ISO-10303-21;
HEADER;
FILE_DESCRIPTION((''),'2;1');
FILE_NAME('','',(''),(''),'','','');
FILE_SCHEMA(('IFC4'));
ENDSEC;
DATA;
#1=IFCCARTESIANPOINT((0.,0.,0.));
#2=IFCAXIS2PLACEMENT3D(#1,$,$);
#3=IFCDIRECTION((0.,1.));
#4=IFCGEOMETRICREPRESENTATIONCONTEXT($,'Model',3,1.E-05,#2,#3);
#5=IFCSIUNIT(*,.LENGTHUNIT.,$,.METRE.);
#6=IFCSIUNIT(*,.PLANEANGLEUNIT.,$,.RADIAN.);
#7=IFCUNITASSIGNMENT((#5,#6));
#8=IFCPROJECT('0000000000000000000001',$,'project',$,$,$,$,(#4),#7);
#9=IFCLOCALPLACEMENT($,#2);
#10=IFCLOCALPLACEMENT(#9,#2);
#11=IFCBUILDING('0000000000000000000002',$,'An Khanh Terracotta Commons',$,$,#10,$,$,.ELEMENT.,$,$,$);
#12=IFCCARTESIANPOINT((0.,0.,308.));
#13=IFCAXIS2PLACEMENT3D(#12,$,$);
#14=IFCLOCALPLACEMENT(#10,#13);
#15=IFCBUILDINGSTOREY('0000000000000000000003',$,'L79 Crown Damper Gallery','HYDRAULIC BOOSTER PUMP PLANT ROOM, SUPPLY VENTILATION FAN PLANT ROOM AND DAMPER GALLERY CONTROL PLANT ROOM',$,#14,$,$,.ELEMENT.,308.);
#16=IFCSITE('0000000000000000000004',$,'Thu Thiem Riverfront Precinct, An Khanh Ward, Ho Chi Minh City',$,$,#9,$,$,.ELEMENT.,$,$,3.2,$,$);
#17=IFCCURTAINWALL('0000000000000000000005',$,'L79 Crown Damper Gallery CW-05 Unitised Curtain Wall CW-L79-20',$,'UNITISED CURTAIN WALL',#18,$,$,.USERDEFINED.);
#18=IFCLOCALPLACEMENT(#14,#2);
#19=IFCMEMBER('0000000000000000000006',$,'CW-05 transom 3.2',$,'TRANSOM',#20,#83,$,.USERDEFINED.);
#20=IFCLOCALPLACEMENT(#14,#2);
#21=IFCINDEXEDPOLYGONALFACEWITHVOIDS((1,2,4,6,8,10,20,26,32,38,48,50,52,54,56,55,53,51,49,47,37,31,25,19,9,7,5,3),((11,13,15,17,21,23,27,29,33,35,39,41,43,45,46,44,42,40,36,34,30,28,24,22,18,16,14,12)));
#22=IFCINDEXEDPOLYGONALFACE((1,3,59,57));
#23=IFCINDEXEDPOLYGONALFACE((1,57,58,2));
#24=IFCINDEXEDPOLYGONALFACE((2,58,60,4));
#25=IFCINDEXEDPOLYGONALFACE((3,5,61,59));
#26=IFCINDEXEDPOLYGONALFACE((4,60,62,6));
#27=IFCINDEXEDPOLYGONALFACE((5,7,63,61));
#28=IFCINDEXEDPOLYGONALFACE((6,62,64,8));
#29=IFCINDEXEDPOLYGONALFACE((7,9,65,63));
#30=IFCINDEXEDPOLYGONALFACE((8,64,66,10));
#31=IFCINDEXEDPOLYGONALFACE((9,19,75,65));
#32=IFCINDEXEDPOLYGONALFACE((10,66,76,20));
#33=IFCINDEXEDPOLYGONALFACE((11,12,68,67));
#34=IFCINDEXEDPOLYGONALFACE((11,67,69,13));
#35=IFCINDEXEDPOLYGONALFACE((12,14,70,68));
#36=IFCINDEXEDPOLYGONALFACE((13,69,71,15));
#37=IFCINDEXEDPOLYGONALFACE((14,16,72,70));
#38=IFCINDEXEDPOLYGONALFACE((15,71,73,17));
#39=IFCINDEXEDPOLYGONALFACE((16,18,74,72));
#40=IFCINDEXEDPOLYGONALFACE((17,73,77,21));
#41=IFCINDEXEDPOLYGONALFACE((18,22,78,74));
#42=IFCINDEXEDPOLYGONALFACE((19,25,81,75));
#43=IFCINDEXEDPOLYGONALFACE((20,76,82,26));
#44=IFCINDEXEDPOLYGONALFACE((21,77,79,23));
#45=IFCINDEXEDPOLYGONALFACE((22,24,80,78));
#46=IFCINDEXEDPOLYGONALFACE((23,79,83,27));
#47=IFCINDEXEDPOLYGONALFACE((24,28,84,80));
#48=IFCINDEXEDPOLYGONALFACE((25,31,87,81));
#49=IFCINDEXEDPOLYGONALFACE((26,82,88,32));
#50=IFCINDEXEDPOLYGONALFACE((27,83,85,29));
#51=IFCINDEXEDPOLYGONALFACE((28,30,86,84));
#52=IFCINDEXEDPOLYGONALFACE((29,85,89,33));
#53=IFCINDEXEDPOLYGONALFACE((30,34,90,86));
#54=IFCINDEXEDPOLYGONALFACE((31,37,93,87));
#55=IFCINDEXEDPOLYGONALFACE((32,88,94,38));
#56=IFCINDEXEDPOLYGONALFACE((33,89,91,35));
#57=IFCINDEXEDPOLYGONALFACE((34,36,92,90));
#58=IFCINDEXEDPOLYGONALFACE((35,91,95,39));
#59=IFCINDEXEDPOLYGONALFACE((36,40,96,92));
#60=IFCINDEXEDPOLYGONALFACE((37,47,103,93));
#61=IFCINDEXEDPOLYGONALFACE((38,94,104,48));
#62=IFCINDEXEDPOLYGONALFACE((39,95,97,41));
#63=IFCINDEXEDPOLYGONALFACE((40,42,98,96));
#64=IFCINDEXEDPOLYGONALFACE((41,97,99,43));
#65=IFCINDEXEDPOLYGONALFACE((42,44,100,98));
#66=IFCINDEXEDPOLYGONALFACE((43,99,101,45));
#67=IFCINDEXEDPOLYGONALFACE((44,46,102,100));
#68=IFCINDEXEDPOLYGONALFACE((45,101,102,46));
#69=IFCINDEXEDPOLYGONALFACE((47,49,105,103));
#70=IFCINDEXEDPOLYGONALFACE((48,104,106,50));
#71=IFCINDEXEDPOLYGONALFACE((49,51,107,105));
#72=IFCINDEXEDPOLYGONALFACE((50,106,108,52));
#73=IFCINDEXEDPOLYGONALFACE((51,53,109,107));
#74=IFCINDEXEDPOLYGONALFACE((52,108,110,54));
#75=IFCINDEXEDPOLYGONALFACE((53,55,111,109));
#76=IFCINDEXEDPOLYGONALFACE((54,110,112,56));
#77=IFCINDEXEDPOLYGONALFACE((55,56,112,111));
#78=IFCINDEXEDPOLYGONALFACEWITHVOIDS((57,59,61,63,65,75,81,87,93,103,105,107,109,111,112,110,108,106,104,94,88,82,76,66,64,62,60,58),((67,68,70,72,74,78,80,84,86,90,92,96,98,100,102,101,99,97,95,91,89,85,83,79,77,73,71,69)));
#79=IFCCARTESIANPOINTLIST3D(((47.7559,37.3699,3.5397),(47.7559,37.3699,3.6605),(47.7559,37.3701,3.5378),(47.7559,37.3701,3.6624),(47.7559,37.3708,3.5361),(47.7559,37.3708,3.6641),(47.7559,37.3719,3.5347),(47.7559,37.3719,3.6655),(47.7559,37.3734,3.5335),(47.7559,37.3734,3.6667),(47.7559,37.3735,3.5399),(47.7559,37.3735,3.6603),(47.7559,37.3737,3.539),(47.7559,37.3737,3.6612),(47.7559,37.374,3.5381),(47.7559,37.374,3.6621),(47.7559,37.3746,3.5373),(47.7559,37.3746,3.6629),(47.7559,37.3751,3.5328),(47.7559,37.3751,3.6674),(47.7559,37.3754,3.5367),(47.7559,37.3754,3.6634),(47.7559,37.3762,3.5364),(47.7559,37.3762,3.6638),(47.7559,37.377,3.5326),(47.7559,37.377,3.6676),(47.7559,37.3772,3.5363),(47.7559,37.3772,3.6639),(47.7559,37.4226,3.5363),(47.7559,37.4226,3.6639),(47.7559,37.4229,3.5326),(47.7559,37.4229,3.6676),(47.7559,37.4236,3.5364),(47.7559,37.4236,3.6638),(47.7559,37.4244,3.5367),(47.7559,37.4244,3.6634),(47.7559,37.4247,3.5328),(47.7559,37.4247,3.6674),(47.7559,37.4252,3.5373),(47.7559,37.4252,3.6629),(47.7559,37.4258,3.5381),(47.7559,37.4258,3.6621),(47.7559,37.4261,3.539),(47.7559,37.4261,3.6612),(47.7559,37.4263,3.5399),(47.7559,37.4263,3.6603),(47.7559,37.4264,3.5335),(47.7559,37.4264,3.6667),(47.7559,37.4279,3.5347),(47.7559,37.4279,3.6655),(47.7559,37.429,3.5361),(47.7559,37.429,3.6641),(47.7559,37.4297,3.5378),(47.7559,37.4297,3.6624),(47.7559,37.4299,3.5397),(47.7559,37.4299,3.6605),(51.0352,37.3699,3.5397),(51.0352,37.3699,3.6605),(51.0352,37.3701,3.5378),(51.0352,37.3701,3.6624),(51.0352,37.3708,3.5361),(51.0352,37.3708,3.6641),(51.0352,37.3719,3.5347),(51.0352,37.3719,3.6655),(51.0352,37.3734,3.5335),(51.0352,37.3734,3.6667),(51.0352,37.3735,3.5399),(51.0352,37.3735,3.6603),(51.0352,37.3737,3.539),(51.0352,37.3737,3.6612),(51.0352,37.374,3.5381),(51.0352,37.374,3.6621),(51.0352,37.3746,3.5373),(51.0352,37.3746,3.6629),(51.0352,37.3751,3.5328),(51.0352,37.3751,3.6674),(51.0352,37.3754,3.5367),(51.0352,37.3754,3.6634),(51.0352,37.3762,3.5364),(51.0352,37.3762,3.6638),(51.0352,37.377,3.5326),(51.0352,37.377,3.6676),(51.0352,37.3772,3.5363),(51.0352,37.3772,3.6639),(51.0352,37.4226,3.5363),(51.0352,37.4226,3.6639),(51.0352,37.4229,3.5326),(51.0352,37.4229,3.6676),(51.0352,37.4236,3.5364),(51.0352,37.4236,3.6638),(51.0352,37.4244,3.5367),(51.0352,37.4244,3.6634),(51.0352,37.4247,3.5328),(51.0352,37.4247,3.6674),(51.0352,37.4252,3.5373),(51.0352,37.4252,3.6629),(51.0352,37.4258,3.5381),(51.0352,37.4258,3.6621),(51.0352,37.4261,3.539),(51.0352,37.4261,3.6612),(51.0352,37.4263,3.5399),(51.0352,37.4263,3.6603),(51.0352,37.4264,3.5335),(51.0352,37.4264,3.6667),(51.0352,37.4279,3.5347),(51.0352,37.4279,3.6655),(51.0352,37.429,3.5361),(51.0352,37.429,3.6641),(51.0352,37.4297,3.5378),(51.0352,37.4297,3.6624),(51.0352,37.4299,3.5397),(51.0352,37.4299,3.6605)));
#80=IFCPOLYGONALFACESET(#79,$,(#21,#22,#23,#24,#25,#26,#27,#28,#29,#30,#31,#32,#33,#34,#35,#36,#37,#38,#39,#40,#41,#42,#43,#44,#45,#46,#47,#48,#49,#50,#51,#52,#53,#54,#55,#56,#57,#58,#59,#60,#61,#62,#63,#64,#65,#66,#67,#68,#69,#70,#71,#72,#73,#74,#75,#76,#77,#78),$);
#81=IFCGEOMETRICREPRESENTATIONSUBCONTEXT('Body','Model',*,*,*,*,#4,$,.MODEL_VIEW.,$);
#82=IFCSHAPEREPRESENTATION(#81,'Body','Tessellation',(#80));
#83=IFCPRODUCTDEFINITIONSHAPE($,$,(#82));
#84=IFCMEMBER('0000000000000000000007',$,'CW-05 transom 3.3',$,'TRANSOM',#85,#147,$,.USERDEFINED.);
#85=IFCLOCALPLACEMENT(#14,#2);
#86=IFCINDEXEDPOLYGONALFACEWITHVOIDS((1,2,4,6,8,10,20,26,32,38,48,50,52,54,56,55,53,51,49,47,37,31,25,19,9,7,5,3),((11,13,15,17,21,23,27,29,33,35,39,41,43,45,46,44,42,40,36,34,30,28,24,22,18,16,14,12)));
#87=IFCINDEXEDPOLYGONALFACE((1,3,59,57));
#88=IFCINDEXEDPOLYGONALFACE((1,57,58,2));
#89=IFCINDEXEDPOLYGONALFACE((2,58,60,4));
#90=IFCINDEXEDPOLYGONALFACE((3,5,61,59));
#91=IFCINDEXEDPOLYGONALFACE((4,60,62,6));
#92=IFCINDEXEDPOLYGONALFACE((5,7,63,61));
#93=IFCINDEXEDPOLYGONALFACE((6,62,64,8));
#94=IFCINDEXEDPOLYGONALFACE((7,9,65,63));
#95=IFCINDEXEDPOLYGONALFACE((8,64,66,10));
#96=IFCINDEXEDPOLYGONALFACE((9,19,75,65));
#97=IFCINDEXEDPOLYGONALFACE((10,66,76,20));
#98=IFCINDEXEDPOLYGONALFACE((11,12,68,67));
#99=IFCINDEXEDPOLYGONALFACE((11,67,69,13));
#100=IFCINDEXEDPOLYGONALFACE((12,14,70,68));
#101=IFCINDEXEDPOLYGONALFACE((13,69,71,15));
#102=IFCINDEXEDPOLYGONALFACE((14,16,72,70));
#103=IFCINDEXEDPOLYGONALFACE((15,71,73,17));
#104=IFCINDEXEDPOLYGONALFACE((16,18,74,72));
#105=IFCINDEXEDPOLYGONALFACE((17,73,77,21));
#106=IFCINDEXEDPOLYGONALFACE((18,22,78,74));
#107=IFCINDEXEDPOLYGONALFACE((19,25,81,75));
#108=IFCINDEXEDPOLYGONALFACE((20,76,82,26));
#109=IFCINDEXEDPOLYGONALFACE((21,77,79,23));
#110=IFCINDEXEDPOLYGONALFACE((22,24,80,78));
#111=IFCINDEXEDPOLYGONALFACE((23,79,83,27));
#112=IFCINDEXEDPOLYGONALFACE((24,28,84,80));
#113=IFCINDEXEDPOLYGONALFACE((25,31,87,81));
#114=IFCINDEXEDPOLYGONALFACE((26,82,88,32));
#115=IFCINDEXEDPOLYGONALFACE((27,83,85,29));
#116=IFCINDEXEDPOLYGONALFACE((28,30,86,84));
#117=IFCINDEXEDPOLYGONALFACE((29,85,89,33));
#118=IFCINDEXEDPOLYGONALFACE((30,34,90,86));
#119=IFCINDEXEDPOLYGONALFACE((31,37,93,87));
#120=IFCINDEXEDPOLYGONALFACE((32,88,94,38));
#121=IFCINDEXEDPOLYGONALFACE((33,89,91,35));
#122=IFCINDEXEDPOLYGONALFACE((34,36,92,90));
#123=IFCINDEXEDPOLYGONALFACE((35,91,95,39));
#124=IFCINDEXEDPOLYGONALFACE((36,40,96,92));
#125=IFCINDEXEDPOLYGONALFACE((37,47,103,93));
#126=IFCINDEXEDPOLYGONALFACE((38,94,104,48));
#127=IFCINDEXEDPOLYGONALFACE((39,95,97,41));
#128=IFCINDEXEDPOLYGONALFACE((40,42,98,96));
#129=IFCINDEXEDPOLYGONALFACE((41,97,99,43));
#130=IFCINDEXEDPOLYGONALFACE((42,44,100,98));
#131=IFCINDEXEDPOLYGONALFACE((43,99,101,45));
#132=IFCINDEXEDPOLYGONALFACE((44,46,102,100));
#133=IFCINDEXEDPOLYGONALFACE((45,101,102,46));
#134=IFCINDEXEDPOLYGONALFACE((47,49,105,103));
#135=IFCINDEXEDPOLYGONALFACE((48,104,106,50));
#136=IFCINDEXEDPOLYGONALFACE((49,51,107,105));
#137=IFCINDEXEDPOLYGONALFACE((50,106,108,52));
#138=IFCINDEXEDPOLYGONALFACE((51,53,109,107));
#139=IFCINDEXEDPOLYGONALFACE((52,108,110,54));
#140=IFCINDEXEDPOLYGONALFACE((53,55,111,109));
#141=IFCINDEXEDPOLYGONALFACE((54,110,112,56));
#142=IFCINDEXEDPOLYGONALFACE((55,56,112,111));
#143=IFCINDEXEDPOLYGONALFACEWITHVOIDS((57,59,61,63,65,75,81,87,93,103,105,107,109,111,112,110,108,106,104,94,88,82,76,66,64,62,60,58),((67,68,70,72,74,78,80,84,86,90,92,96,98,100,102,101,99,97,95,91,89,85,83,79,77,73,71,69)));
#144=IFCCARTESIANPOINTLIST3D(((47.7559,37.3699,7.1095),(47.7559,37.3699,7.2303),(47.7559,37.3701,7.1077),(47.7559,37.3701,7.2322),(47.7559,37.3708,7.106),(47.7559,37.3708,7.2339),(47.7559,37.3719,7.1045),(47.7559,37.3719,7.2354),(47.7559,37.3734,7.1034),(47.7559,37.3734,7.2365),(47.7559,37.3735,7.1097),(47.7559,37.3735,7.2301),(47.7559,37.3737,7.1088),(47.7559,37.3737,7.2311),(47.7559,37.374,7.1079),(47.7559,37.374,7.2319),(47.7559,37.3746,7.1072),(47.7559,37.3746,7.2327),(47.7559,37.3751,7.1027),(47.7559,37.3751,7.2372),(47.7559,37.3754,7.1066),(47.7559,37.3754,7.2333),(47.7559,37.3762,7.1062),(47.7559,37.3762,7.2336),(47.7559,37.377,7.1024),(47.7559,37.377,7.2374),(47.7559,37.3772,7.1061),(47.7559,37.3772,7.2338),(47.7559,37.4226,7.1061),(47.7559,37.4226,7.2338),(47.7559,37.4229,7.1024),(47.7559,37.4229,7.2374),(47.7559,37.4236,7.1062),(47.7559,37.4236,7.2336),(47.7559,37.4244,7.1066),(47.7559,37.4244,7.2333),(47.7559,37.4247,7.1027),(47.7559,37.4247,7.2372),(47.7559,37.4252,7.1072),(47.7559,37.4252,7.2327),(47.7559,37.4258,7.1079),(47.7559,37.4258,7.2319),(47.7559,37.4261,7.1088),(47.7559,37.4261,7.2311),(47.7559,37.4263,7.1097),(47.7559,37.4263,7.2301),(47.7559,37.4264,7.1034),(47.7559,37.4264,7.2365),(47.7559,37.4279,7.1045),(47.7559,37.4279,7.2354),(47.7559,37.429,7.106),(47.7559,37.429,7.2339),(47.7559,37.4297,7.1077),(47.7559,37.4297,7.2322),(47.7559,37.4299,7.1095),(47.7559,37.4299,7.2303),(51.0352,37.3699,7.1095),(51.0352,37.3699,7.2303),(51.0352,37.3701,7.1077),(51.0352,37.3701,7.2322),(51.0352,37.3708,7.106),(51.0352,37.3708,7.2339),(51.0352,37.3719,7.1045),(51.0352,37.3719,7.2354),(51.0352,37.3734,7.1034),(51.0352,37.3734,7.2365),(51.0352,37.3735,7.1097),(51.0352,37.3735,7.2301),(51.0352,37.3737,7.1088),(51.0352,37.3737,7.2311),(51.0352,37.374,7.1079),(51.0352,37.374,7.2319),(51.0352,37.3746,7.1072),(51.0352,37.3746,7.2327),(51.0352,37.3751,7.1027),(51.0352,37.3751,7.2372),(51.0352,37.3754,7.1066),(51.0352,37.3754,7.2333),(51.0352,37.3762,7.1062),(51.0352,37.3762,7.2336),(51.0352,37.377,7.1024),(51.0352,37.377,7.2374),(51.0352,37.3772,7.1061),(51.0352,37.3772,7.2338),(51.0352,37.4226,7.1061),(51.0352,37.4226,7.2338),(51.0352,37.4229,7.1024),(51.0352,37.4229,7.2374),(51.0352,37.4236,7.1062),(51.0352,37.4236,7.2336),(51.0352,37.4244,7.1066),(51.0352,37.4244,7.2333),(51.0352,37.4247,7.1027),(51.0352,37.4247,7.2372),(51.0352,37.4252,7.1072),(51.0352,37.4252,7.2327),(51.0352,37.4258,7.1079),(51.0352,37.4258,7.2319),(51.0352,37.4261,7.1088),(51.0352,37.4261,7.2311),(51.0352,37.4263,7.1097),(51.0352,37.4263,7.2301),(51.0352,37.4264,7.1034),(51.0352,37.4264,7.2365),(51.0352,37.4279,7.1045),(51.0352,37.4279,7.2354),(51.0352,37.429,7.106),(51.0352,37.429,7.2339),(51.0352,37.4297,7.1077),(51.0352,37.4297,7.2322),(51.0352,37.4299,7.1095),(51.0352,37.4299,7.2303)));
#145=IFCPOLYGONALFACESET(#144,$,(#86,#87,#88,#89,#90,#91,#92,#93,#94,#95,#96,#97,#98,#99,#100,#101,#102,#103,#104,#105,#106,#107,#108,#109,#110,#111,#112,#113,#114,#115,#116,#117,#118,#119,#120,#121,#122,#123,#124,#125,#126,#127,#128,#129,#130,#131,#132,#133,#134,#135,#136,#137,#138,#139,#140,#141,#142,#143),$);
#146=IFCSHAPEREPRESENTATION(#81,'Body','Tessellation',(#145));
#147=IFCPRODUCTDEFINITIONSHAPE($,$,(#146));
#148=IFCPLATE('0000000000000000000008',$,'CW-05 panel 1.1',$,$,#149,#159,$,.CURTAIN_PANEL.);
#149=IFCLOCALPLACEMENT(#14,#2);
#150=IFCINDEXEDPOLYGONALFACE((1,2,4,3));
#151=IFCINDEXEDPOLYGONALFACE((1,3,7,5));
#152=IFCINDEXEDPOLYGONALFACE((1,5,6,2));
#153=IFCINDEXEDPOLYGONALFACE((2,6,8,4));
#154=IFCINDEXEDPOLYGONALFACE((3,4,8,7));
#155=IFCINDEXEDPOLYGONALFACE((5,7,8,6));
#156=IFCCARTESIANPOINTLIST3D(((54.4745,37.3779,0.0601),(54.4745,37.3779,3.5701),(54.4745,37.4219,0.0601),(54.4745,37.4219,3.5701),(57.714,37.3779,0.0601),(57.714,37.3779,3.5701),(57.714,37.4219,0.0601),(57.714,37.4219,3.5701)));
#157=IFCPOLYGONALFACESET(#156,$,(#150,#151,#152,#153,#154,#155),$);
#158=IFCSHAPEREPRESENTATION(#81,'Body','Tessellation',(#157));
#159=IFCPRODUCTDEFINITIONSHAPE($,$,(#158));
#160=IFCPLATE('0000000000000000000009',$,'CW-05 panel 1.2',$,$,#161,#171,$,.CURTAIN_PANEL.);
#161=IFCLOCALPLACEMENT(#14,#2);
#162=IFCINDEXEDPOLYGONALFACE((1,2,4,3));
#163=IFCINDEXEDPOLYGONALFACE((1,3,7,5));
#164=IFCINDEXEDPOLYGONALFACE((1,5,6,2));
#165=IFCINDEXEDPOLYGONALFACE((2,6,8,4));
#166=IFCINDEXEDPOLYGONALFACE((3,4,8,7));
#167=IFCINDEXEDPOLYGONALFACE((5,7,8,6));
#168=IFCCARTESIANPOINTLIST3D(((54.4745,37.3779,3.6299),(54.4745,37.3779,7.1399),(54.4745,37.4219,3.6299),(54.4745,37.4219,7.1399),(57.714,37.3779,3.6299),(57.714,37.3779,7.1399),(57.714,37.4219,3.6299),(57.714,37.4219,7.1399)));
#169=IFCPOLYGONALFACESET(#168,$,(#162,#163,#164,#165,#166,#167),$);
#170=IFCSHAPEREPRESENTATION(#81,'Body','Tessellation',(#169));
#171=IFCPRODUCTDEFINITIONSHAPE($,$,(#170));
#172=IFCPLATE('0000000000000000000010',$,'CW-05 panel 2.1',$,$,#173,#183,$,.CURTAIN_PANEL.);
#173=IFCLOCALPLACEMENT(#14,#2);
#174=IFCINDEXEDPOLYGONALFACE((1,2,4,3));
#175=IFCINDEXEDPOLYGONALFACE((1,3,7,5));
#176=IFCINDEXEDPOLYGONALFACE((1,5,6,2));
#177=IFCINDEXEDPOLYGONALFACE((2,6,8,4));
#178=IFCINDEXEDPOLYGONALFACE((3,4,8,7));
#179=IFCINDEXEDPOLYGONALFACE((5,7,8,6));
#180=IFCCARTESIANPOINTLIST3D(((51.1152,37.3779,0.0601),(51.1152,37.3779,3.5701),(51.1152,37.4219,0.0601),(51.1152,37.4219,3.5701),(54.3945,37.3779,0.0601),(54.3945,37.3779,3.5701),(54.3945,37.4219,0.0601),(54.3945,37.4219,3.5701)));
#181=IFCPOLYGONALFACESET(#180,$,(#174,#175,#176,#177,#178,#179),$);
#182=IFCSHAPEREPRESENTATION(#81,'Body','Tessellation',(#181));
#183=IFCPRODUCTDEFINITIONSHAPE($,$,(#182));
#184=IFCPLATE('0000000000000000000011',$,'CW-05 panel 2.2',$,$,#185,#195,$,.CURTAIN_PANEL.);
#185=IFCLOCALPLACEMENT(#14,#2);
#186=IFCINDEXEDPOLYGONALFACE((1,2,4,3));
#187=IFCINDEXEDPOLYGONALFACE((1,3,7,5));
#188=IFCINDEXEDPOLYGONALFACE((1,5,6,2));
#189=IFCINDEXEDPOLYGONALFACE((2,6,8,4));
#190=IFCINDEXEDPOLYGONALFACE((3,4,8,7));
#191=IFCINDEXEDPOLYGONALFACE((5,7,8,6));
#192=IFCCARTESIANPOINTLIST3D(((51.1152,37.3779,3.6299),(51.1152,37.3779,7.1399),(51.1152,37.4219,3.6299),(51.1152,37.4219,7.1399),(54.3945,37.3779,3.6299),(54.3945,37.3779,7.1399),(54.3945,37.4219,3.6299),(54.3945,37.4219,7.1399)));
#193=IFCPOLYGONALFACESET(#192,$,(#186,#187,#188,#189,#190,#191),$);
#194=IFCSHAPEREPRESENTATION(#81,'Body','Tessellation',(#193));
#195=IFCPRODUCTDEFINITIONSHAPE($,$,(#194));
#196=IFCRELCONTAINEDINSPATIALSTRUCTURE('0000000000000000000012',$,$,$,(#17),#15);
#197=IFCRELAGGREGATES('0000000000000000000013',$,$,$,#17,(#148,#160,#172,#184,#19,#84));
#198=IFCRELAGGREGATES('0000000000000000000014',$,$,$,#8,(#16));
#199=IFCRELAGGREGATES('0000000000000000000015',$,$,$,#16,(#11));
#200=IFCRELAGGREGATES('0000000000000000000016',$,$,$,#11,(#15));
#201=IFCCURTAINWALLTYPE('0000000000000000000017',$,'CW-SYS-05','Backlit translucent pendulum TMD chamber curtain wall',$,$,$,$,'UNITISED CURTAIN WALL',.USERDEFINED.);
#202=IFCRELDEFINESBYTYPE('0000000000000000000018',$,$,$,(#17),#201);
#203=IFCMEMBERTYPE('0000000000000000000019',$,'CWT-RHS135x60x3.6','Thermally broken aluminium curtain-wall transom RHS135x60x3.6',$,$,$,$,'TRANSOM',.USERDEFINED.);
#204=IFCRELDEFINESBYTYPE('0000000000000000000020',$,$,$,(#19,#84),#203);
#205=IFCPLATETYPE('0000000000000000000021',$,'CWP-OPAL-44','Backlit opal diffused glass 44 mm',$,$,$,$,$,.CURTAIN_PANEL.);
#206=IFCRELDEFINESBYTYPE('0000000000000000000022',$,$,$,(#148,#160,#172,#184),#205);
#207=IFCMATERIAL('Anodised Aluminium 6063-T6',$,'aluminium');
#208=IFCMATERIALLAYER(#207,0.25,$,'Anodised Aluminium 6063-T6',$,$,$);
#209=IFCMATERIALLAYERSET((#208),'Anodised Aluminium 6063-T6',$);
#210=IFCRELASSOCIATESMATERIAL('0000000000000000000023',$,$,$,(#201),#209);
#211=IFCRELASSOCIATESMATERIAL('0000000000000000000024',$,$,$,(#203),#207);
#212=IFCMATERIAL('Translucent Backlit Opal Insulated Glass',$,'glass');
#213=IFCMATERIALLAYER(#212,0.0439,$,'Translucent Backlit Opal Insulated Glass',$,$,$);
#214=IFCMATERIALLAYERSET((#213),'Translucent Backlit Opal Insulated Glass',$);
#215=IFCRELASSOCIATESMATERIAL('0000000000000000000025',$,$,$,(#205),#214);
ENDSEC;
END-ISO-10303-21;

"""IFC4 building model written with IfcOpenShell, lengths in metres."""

from ifc_helpers import new_model, si_unit, direction, frame, origin, origin_2d, place, context, subcontext, project, spatial, rectangle, hollow_rectangle, extrude, material, layer, layer_set, material_profile, profile_set, type_object, element, aggregate, save


model = new_model("IFC4")

# Units and contexts
model_context = context("Model", 3, precision=1e-05, world=origin(), true_north=direction((0.0, 1.0)))
body_context = subcontext(model_context, "Body", "Model", "MODEL_VIEW")
ifc_project = project(units=[si_unit("LENGTHUNIT", "METRE"), si_unit("PLANEANGLEUNIT", "RADIAN")], contexts=[model_context])

# Site, building, storey
site_placement = place(None, origin())
site = spatial("IfcSite", under=ifc_project, at=site_placement, Name="Thu Thiem Riverfront Precinct, An Khanh Ward, Ho Chi Minh City", CompositionType="ELEMENT", RefElevation=3.2)
building_placement = place(site_placement, origin())
building = spatial("IfcBuilding", under=site, at=building_placement, Name="An Khanh Terracotta Commons", CompositionType="ELEMENT")
storey_placement = place(building_placement, frame((0.0, 0.0, 308.0)))
storey = spatial("IfcBuildingStorey", under=building, at=storey_placement, Name="L79 Crown Damper Gallery", Description="HYDRAULIC BOOSTER PUMP PLANT ROOM, SUPPLY VENTILATION FAN PLANT ROOM AND DAMPER GALLERY CONTROL PLANT ROOM", CompositionType="ELEMENT", Elevation=308.0)

# Curtain wall, members, plates
ifc_material_1 = material(Name="Anodised Aluminium 6063-T6", Category="aluminium")
ifc_layer_1 = layer(ifc_material_1, 0.25, Name="Anodised Aluminium 6063-T6")
ifc_layer_set_1 = layer_set([ifc_layer_1], Name="Anodised Aluminium 6063-T6")
curtain_wall_type = type_object("IfcCurtainWallType", Name="CW-SYS-05", Description="Backlit translucent pendulum TMD chamber curtain wall", ElementType="UNITISED CURTAIN WALL", PredefinedType="USERDEFINED", material=ifc_layer_set_1)
curtain_wall_placement = place(storey_placement, origin())
curtain_wall = element("IfcCurtainWall", 1, at=curtain_wall_placement, inside=storey, type_object=curtain_wall_type, Name="L79 Crown Damper Gallery CW-05 Unitised Curtain Wall CW-L79-20", ObjectType="UNITISED CURTAIN WALL", PredefinedType="USERDEFINED")
ifc_material_profile_1 = material_profile(ifc_material_1, hollow_rectangle(XDim=0.0601, YDim=0.135, WallThickness=0.0037, InnerFilletRadius=0.0037, OuterFilletRadius=0.0071, at=origin_2d()), Name="RHS135x60x3.6")
ifc_profile_set_1 = profile_set([ifc_material_profile_1], Name="Anodised Aluminium 6063-T6")
member_type_1 = type_object("IfcMemberType", Name="CWT-RHS135x60x3.6", Description="Thermally broken aluminium curtain-wall transom RHS135x60x3.6", ElementType="TRANSOM", PredefinedType="USERDEFINED", material=ifc_profile_set_1)
member_1_placement = place(storey_placement, frame((51.0352, 37.3999, 3.6001), z_axis=(-1.0, 0.0, 0.0), x_axis=(0.0, -1.0, 0.0)))
member_1 = element("IfcMember", 2, at=member_1_placement, type_object=member_type_1, Name="CW-05 transom 3.2", ObjectType="TRANSOM", PredefinedType="USERDEFINED", context=body_context, shape_type="SweptSolid", body=[
    extrude(hollow_rectangle(XDim=0.0601, YDim=0.135, WallThickness=0.0037, InnerFilletRadius=0.0037, OuterFilletRadius=0.0071, at=origin_2d()), origin(), (0.0, 0.0, 1.0), 3.2793),
])
member_2_placement = place(storey_placement, frame((51.0352, 37.3999, 7.1699), z_axis=(-1.0, 0.0, 0.0), x_axis=(0.0, -1.0, 0.0)))
member_2 = element("IfcMember", 3, at=member_2_placement, type_object=member_type_1, Name="CW-05 transom 3.3", ObjectType="TRANSOM", PredefinedType="USERDEFINED", context=body_context, shape_type="SweptSolid", body=[
    extrude(hollow_rectangle(XDim=0.0601, YDim=0.135, WallThickness=0.0037, InnerFilletRadius=0.0037, OuterFilletRadius=0.0071, at=origin_2d()), origin(), (0.0, 0.0, 1.0), 3.2793),
])
ifc_material_2 = material(Name="Translucent Backlit Opal Insulated Glass", Category="glass")
ifc_layer_2 = layer(ifc_material_2, 0.0439, Name="Translucent Backlit Opal Insulated Glass")
ifc_layer_set_2 = layer_set([ifc_layer_2], Name="Translucent Backlit Opal Insulated Glass")
plate_type = type_object("IfcPlateType", Name="CWP-OPAL-44", Description="Backlit opal diffused glass 44 mm", PredefinedType="CURTAIN_PANEL", material=ifc_layer_set_2)
plate_1_placement = place(storey_placement, frame((56.0942, 37.3999, 0.0601), z_axis=(0.0, 0.0, 1.0), x_axis=(-1.0, 0.0, 0.0)))
plate_1 = element("IfcPlate", 4, at=plate_1_placement, type_object=plate_type, Name="CW-05 panel 1.1", PredefinedType="CURTAIN_PANEL", context=body_context, shape_type="SweptSolid", body=[
    extrude(rectangle(XDim=3.2395, YDim=0.0439, at=origin_2d()), origin(), (0.0, 0.0, 1.0), 3.51),
])
plate_2_placement = place(storey_placement, frame((56.0942, 37.3999, 3.6299), z_axis=(0.0, 0.0, 1.0), x_axis=(-1.0, 0.0, 0.0)))
plate_2 = element("IfcPlate", 5, at=plate_2_placement, type_object=plate_type, Name="CW-05 panel 1.2", PredefinedType="CURTAIN_PANEL", context=body_context, shape_type="SweptSolid", body=[
    extrude(rectangle(XDim=3.2395, YDim=0.0439, at=origin_2d()), origin(), (0.0, 0.0, 1.0), 3.51),
])
plate_3_placement = place(storey_placement, frame((52.7549, 37.3999, 0.0601), z_axis=(0.0, 0.0, 1.0), x_axis=(-1.0, 0.0, 0.0)))
plate_3 = element("IfcPlate", 6, at=plate_3_placement, type_object=plate_type, Name="CW-05 panel 2.1", PredefinedType="CURTAIN_PANEL", context=body_context, shape_type="SweptSolid", body=[
    extrude(rectangle(XDim=3.2793, YDim=0.0439, at=origin_2d()), origin(), (0.0, 0.0, 1.0), 3.51),
])
plate_4_placement = place(storey_placement, frame((52.7549, 37.3999, 3.6299), z_axis=(0.0, 0.0, 1.0), x_axis=(-1.0, 0.0, 0.0)))
plate_4 = element("IfcPlate", 7, at=plate_4_placement, type_object=plate_type, Name="CW-05 panel 2.2", PredefinedType="CURTAIN_PANEL", context=body_context, shape_type="SweptSolid", body=[
    extrude(rectangle(XDim=3.2793, YDim=0.0439, at=origin_2d()), origin(), (0.0, 0.0, 1.0), 3.51),
])
aggregate(curtain_wall, [plate_1, plate_2, plate_3, plate_4, member_1, member_2])

save(model, "model.ifc")
